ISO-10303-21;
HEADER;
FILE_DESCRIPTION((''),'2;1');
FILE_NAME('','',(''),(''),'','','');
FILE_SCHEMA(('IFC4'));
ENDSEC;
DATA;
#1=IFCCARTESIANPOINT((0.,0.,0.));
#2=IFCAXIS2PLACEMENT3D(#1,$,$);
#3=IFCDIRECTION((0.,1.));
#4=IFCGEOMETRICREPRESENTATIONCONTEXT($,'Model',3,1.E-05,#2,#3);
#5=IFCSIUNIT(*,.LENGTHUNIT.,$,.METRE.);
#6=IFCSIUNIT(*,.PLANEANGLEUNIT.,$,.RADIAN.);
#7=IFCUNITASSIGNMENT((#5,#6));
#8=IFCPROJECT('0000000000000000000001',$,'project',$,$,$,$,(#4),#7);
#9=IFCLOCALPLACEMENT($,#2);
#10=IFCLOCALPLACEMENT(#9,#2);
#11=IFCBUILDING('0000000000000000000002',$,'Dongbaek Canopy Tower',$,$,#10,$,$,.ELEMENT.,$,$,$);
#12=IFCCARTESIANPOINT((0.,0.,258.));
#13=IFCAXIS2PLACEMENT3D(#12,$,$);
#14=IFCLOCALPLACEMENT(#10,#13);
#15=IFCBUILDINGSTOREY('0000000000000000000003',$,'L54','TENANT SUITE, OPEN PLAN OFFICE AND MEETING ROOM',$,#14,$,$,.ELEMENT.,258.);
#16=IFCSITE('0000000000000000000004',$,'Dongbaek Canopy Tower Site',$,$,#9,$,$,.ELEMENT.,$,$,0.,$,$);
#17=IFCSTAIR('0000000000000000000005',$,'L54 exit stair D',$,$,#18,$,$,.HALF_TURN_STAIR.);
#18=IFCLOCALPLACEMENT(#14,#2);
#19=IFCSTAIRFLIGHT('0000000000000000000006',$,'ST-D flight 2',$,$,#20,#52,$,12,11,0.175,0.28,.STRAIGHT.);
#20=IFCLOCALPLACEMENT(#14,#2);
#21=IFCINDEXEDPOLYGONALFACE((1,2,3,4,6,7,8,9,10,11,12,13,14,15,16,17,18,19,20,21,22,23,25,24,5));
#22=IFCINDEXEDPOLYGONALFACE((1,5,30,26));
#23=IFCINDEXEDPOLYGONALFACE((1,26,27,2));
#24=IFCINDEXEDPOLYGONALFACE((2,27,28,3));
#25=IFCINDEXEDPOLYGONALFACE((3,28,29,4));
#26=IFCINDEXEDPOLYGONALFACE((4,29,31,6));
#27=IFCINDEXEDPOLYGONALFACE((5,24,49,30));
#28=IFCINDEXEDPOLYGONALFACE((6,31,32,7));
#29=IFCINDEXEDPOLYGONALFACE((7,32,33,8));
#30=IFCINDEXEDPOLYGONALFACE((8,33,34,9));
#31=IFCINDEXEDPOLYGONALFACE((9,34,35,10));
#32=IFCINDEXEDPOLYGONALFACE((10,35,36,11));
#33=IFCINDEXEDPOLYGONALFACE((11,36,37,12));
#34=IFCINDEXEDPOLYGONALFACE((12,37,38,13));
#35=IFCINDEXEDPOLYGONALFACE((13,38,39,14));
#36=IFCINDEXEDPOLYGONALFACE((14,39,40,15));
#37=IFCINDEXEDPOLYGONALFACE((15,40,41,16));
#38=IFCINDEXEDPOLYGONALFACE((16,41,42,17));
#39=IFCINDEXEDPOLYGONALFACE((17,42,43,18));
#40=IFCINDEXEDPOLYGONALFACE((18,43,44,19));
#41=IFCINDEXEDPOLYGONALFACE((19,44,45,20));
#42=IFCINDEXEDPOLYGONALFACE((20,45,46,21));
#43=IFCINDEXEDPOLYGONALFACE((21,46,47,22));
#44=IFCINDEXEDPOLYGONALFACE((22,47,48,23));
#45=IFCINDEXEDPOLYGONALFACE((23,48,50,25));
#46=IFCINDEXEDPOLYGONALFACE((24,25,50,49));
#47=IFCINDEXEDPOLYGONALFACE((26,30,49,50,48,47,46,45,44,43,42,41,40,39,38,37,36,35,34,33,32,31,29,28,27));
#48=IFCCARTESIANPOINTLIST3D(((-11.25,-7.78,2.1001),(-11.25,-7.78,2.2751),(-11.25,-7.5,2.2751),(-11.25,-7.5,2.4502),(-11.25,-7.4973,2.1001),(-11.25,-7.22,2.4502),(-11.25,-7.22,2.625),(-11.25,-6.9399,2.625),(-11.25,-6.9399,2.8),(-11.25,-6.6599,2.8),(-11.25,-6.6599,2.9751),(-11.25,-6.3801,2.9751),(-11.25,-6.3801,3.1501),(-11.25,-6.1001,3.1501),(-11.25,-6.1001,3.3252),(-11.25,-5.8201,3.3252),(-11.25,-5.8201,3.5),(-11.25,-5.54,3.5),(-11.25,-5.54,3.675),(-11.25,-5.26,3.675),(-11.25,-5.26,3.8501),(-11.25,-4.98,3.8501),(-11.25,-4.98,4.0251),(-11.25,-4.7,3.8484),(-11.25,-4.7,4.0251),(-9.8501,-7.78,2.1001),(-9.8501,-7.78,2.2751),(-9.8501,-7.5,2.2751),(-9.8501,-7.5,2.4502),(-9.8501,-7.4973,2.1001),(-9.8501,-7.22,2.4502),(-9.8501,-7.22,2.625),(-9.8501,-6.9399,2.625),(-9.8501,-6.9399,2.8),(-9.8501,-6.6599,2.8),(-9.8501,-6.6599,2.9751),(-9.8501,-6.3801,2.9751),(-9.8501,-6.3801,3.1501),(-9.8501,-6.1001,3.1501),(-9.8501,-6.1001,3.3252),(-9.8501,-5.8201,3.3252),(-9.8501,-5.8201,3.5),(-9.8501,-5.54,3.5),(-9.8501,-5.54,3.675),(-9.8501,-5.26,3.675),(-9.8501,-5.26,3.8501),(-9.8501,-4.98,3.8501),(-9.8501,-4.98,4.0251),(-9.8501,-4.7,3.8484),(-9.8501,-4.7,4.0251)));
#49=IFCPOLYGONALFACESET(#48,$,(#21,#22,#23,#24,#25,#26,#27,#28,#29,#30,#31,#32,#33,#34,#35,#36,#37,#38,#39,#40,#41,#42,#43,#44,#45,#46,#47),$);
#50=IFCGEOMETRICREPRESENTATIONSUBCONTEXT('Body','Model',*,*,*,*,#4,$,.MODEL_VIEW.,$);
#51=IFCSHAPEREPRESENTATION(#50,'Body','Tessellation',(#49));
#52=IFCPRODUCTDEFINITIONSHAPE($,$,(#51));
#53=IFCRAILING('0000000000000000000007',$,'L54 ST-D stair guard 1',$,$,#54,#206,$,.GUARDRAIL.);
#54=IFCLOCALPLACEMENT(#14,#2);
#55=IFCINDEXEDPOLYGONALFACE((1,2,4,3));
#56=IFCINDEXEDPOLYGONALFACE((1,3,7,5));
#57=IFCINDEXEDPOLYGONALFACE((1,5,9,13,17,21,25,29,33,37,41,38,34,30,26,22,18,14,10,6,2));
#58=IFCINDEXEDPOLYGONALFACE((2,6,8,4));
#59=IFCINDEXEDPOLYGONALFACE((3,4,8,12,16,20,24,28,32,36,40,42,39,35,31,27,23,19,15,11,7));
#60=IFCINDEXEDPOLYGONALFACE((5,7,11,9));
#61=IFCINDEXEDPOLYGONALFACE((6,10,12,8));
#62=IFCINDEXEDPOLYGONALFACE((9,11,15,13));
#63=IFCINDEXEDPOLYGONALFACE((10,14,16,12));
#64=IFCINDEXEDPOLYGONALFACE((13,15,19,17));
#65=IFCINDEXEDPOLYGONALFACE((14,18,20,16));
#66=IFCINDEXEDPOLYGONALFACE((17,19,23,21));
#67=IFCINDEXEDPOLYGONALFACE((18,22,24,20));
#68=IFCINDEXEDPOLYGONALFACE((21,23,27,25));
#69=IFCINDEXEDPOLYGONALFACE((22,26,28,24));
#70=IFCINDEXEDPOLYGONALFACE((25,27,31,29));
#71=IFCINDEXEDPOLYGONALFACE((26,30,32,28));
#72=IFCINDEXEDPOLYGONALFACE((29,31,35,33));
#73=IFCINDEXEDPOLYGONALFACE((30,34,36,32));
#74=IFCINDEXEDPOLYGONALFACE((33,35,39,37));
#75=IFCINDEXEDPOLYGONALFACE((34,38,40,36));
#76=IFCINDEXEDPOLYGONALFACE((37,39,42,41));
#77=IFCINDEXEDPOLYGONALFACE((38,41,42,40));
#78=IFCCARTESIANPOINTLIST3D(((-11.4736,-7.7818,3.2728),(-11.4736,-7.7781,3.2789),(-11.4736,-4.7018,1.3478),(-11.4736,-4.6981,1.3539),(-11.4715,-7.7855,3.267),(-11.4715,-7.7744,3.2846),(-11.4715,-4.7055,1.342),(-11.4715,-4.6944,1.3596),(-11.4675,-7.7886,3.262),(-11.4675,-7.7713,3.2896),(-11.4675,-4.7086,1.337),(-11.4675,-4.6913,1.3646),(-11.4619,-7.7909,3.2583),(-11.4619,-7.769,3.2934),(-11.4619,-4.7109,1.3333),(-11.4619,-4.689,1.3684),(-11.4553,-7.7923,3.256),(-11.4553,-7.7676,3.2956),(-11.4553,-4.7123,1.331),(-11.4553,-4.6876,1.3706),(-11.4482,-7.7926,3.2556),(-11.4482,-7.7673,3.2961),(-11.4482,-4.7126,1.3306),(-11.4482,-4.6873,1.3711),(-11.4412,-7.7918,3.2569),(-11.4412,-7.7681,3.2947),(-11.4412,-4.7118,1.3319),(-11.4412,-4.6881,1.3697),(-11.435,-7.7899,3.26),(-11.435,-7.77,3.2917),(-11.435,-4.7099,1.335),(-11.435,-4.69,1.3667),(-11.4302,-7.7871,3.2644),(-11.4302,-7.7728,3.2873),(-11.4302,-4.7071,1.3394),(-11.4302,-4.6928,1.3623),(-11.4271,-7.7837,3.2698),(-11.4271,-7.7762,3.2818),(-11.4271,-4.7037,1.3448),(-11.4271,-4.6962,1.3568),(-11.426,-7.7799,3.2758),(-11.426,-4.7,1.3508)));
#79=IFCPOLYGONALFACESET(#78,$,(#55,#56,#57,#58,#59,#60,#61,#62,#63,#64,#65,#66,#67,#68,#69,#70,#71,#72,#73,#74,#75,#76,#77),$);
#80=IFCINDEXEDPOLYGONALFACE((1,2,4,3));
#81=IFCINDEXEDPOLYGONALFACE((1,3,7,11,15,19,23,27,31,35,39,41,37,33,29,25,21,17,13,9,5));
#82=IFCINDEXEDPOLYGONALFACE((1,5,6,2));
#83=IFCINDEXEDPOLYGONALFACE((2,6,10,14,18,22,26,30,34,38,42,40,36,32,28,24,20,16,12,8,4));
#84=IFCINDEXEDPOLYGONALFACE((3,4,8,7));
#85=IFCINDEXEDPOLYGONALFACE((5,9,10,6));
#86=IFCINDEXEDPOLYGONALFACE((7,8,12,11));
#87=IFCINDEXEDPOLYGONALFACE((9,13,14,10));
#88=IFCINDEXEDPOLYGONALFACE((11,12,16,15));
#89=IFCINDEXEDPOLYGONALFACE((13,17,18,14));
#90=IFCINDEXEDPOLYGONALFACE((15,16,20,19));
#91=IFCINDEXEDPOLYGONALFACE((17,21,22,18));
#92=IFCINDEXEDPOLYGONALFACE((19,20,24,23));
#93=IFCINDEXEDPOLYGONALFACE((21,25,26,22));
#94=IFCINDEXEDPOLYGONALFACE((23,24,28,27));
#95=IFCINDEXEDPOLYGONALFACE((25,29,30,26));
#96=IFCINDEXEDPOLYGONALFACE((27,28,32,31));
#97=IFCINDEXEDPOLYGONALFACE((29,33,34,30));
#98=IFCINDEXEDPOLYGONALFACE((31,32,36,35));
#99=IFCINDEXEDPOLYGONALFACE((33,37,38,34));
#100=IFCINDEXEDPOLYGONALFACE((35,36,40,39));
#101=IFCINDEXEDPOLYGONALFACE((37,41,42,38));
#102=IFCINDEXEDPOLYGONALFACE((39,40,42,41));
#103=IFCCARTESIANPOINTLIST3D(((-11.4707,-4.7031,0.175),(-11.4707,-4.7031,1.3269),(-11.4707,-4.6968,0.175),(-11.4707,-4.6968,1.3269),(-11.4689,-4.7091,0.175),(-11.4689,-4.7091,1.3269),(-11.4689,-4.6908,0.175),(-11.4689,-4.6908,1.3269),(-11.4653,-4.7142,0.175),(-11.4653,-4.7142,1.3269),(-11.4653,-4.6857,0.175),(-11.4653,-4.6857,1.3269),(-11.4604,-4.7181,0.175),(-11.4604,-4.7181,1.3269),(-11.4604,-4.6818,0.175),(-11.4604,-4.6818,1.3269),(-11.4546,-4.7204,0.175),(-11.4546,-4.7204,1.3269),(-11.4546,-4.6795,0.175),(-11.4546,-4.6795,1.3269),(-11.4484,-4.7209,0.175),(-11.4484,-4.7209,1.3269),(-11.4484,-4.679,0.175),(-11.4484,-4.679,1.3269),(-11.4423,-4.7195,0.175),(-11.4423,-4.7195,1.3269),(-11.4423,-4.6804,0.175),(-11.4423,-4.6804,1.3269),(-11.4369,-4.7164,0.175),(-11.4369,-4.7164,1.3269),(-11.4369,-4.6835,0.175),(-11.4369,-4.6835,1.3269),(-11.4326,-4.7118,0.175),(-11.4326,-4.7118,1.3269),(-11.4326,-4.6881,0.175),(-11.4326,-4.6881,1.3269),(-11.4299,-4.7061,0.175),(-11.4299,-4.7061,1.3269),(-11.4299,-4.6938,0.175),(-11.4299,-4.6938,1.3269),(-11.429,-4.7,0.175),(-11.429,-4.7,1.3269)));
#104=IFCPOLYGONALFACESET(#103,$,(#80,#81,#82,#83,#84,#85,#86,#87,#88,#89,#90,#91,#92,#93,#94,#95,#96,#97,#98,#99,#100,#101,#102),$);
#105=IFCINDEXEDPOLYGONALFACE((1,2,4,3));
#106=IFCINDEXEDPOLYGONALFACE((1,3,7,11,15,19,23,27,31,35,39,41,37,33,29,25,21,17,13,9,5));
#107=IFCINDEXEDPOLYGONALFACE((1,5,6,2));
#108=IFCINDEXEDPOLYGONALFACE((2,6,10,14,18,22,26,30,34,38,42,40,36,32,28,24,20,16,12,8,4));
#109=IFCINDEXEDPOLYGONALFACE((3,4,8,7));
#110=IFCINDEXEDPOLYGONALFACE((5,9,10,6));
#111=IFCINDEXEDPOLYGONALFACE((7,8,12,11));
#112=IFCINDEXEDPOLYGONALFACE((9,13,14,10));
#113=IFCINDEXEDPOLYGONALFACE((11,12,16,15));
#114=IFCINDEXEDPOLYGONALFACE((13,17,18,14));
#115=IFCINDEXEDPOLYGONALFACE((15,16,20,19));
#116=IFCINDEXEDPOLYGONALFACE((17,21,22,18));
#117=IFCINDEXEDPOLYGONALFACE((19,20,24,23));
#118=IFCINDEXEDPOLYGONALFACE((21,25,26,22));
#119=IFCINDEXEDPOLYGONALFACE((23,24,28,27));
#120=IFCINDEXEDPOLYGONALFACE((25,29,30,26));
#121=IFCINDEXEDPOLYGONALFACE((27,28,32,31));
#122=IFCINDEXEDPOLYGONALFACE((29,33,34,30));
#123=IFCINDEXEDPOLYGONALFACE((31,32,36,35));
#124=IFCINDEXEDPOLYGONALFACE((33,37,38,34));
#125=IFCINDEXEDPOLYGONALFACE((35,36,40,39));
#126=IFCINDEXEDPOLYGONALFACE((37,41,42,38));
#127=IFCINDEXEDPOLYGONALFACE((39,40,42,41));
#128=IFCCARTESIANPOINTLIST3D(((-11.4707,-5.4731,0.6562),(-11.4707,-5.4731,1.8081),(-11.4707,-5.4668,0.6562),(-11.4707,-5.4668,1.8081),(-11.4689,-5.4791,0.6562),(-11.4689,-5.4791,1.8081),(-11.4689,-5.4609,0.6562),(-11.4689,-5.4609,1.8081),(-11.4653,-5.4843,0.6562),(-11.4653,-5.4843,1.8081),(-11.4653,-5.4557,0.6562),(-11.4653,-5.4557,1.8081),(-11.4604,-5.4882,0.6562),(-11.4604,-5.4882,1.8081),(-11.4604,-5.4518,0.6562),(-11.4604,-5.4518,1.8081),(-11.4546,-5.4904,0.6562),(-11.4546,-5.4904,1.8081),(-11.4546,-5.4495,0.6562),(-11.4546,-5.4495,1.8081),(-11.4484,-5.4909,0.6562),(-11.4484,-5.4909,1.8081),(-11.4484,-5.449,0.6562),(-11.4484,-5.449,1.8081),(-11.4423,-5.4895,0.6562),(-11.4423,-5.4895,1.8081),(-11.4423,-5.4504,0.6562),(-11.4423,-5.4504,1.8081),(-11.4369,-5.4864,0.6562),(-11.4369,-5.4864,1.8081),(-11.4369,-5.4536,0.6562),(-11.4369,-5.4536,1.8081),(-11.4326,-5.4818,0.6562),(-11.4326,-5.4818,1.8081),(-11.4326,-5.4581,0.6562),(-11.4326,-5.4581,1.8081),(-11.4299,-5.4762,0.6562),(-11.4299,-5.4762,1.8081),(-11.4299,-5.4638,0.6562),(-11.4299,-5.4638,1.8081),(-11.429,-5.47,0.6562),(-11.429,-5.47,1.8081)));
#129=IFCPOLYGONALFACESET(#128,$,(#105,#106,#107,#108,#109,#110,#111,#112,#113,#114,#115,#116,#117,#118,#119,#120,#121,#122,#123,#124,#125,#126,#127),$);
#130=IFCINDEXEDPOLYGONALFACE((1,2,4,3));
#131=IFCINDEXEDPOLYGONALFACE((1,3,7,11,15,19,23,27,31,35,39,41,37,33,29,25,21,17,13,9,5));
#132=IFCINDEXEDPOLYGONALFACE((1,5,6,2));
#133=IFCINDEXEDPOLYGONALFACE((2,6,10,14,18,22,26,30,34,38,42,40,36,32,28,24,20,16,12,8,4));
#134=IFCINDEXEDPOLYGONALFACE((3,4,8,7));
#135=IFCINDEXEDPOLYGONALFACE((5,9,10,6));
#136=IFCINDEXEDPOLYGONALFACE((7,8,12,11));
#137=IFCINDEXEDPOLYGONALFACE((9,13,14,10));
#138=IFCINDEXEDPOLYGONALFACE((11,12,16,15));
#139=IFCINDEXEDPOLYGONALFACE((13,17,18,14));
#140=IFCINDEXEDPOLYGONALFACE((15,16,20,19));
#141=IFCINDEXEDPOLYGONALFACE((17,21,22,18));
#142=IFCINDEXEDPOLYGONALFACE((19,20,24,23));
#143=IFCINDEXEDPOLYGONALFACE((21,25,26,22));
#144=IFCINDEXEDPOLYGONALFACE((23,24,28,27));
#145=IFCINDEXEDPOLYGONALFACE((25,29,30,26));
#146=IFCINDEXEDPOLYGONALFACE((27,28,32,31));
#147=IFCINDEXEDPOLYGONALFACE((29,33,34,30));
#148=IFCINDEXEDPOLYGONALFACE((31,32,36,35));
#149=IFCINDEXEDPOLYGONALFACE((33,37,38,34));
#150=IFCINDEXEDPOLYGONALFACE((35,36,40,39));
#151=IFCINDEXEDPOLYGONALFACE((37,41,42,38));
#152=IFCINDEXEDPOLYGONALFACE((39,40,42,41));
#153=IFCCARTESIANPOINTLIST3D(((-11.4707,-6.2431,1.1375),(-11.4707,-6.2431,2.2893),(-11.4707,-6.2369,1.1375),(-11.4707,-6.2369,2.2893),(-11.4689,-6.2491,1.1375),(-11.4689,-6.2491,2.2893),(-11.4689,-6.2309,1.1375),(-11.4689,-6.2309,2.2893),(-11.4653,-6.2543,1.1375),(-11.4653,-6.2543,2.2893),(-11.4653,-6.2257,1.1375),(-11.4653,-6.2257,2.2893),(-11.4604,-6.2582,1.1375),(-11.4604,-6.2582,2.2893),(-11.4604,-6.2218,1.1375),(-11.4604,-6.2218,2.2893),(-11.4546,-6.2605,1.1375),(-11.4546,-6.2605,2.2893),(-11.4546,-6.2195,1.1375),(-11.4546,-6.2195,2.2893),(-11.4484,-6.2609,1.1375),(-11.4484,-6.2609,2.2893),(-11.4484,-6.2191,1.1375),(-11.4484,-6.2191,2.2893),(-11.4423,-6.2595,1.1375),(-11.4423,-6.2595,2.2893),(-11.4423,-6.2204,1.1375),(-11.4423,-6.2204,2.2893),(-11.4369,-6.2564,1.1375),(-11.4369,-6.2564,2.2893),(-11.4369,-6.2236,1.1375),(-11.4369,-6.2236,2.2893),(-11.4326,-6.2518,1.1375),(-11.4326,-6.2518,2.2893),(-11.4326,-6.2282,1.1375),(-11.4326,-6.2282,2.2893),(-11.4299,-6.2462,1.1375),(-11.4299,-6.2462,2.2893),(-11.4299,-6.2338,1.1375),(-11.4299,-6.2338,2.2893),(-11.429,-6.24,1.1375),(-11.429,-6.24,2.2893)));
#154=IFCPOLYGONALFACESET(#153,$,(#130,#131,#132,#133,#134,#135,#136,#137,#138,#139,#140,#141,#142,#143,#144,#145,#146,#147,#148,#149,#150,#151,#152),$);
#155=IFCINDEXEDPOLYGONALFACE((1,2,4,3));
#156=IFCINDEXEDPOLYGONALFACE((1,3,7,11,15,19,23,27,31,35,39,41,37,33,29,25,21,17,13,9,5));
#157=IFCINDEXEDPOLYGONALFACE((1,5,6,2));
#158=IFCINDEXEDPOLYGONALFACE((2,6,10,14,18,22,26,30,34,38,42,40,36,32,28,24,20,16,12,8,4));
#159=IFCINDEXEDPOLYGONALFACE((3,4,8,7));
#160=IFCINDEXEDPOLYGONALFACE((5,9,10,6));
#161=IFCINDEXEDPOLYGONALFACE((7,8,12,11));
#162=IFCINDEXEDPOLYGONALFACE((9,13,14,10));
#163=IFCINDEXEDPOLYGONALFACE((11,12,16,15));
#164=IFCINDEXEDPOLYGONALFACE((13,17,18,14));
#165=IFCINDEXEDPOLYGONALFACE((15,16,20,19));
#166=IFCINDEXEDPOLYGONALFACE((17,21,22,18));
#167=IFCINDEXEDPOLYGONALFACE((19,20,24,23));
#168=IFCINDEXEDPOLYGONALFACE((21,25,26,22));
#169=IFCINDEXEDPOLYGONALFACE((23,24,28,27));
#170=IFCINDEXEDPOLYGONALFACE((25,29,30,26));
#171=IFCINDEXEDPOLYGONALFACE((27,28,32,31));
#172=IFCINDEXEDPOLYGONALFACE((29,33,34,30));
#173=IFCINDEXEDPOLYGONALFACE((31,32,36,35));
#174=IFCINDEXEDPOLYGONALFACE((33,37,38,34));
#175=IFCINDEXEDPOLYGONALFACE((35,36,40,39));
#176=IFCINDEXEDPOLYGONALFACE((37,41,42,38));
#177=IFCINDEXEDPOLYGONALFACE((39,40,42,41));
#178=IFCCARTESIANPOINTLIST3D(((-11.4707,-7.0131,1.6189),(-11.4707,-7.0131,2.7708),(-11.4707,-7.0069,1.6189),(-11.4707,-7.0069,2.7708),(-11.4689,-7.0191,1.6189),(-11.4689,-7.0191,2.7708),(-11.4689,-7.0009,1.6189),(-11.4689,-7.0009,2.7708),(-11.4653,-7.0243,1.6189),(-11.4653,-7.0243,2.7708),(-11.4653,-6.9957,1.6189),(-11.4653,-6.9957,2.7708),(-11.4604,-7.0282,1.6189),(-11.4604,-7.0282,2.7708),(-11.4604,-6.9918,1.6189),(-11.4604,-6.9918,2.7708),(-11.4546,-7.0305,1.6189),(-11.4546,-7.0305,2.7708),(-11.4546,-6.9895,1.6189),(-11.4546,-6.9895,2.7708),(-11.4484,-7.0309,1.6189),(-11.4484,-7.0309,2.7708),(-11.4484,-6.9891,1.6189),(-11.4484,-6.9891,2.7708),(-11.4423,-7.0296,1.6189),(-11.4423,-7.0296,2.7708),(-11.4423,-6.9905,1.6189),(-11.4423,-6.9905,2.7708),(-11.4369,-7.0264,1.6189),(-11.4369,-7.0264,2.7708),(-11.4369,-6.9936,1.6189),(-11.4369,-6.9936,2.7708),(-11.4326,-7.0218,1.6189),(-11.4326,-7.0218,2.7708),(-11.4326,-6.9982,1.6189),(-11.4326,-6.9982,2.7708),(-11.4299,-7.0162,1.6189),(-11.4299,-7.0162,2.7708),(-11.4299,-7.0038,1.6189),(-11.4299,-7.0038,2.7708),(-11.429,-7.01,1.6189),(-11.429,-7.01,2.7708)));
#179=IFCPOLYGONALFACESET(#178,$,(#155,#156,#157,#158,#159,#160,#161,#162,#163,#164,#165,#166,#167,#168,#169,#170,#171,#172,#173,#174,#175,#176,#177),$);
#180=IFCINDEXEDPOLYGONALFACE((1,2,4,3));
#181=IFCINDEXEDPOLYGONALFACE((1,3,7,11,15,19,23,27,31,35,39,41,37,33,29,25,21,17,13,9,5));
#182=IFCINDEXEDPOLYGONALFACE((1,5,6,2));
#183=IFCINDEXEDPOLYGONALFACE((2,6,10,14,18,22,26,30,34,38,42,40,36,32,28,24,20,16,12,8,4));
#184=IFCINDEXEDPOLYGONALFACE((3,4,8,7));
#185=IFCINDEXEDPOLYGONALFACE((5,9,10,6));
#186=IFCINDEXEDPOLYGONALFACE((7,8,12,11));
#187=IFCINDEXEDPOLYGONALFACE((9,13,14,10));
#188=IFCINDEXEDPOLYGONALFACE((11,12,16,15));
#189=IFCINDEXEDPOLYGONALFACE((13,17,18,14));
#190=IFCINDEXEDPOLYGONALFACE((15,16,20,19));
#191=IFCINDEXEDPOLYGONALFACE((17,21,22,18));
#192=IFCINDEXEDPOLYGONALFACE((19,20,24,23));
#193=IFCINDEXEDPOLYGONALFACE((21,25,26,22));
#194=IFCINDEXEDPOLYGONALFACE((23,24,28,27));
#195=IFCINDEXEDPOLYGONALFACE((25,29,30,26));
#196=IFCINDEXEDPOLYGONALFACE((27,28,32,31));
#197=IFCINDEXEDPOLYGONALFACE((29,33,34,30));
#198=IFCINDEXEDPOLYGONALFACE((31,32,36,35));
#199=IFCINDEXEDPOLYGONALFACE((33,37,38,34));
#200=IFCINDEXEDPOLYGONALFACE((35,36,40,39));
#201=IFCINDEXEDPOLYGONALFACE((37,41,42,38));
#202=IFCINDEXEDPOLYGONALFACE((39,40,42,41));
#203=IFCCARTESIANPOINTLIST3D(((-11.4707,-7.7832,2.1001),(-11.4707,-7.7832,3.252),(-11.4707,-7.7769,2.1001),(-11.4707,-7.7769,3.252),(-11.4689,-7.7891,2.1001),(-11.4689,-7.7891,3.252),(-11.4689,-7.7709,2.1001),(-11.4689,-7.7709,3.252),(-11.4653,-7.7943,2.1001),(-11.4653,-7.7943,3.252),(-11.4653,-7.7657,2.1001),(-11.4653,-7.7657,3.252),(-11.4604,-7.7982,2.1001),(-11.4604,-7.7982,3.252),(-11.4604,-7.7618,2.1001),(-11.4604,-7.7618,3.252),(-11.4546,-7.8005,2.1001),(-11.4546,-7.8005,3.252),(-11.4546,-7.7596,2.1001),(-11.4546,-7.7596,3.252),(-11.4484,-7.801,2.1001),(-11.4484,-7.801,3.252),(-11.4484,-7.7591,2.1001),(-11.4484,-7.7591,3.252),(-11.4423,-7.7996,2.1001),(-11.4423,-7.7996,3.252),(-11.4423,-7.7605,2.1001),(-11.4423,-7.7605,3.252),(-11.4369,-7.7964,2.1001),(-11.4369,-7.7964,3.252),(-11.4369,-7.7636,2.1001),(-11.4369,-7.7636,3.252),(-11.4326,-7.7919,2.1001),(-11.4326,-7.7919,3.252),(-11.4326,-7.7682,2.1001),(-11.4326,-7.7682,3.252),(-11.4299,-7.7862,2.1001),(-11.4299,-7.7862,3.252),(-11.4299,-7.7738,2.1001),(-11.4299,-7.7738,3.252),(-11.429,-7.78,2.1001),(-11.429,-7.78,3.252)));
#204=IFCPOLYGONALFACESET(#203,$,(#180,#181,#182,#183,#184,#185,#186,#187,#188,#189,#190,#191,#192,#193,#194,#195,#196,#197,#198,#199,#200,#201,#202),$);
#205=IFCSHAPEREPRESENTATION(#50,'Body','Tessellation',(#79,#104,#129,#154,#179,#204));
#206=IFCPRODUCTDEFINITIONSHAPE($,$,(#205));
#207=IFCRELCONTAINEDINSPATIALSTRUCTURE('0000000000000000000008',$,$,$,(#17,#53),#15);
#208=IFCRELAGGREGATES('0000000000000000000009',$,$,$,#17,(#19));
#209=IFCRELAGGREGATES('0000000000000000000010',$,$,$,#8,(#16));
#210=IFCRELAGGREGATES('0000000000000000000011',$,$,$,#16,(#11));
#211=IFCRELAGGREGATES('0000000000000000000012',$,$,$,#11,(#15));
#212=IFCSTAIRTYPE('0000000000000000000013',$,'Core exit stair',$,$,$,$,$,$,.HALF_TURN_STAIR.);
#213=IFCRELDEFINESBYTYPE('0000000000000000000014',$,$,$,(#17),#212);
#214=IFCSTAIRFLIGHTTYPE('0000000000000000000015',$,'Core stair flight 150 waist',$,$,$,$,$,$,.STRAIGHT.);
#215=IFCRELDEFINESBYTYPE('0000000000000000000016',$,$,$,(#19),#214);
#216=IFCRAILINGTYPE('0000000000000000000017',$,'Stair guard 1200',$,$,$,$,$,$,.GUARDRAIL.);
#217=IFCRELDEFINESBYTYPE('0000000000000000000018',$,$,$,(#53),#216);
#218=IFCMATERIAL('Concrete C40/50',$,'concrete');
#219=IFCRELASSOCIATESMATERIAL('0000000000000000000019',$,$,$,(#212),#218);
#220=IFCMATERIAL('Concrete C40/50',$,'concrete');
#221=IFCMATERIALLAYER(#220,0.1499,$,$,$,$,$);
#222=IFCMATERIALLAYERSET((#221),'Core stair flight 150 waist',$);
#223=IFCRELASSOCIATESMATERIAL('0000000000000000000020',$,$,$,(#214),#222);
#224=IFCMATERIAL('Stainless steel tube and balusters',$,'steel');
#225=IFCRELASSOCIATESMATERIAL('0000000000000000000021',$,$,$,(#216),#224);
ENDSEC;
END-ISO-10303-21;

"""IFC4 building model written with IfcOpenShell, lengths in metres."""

from ifc_helpers import new_model, si_unit, direction, frame, origin, origin_2d, place, context, subcontext, project, spatial, polyline, circle, outline, extrude, material, layer, layer_set, type_object, element, aggregate, save


model = new_model("IFC4")

# Units and contexts
model_context = context("Model", 3, precision=1e-05, world=origin(), true_north=direction((0.0, 1.0)))
body_context = subcontext(model_context, "Body", "Model", "MODEL_VIEW")
ifc_project = project(units=[si_unit("LENGTHUNIT", "METRE"), si_unit("PLANEANGLEUNIT", "RADIAN")], contexts=[model_context])

# Site, building, storey
site_placement = place(None, origin())
site = spatial("IfcSite", under=ifc_project, at=site_placement, Name="Dongbaek Canopy Tower Site", CompositionType="ELEMENT", RefElevation=0.0)
building_placement = place(site_placement, origin())
building = spatial("IfcBuilding", under=site, at=building_placement, Name="Dongbaek Canopy Tower", CompositionType="ELEMENT")
storey_placement = place(building_placement, frame((0.0, 0.0, 258.0)))
storey = spatial("IfcBuildingStorey", under=building, at=storey_placement, Name="L54", Description="TENANT SUITE, OPEN PLAN OFFICE AND MEETING ROOM", CompositionType="ELEMENT", Elevation=258.0)

# Stair, stair flight
ifc_material_1 = material(Name="Concrete C40/50", Category="concrete")
stair_type = type_object("IfcStairType", Name="Core exit stair", PredefinedType="HALF_TURN_STAIR", material=ifc_material_1)
stair_placement = place(storey_placement, origin())
stair = element("IfcStair", 1, at=stair_placement, inside=storey, type_object=stair_type, Name="L54 exit stair D", PredefinedType="HALF_TURN_STAIR")
ifc_material_2 = material(Name="Concrete C40/50", Category="concrete")
ifc_layer_1 = layer(ifc_material_2, 0.1499)
ifc_layer_set_1 = layer_set([ifc_layer_1], Name="Core stair flight 150 waist")
stair_flight_type = type_object("IfcStairFlightType", Name="Core stair flight 150 waist", PredefinedType="STRAIGHT", material=ifc_layer_set_1)
stair_flight_1_placement = place(storey_placement, frame((-10.55, -7.78, 2.1001), z_axis=(0.0, 0.0, 1.0), x_axis=(0.0, 1.0, 0.0)))
stair_flight_1 = element("IfcStairFlight", 2, at=stair_flight_1_placement, type_object=stair_flight_type, Name="ST-D flight 2", NumberOfRisers=12, NumberOfTreads=11, PredefinedType="STRAIGHT", RiserHeight=0.175, TreadLength=0.28, context=body_context, shape_type="SweptSolid", body=[
    extrude(outline(polyline([(0.0, 0.0), (0.0, 0.175), (0.28, 0.175), (0.28, 0.3501), (0.5601, 0.3501), (0.5601, 0.5249), (0.8401, 0.5249), (0.8401, 0.7), (1.1201, 0.7), (1.1201, 0.875), (1.3999, 0.875), (1.3999, 1.05), (1.6799, 1.05), (1.6799, 1.2251), (1.96, 1.2251), (1.96, 1.3999), (2.24, 1.3999), (2.24, 1.575), (2.52, 1.575), (2.52, 1.75), (2.8, 1.75), (2.8, 1.925), (3.0801, 1.925), (3.0801, 2.1001), (3.0801, 1.7483), (0.2827, 0.0), (0.0, 0.0)])), frame((0.0, 0.7, 0.0), z_axis=(0.0, -1.0, 0.0), x_axis=(1.0, 0.0, 0.0)), (0.0, 0.0, 1.0), 1.3999),
])
aggregate(stair, [stair_flight_1])

# Railing
ifc_material_3 = material(Name="Stainless steel tube and balusters", Category="steel")
railing_type_1 = type_object("IfcRailingType", Name="Stair guard 1200", PredefinedType="GUARDRAIL", material=ifc_material_3)
railing_1_placement = place(storey_placement, frame((-11.45, -4.7, 0.175)))
element("IfcRailing", 3, at=railing_1_placement, inside=storey, type_object=railing_type_1, Name="L54 ST-D stair guard 1", PredefinedType="GUARDRAIL", context=body_context, shape_type="SweptSolid", body=[
    extrude(circle(Radius=0.0239, at=origin_2d()), frame((0.0, 0.0, 1.1758), z_axis=(0.0, -0.847998, 0.529999), x_axis=(1.0, 0.0, 0.0)), (0.0, 0.0, 1.0), 3.6321),
    extrude(circle(Radius=0.021, at=origin_2d()), origin(), (0.0, 0.0, 1.0), 1.1519),
    extrude(circle(Radius=0.021, at=origin_2d()), frame((0.0, -0.77, 0.4812)), (0.0, 0.0, 1.0), 1.1519),
    extrude(circle(Radius=0.021, at=origin_2d()), frame((0.0, -1.54, 0.9624)), (0.0, 0.0, 1.0), 1.1519),
    extrude(circle(Radius=0.021, at=origin_2d()), frame((0.0, -2.3101, 1.4438)), (0.0, 0.0, 1.0), 1.1519),
    extrude(circle(Radius=0.021, at=origin_2d()), frame((0.0, -3.0801, 1.925)), (0.0, 0.0, 1.0), 1.1519),
])

save(model, "model.ifc")
